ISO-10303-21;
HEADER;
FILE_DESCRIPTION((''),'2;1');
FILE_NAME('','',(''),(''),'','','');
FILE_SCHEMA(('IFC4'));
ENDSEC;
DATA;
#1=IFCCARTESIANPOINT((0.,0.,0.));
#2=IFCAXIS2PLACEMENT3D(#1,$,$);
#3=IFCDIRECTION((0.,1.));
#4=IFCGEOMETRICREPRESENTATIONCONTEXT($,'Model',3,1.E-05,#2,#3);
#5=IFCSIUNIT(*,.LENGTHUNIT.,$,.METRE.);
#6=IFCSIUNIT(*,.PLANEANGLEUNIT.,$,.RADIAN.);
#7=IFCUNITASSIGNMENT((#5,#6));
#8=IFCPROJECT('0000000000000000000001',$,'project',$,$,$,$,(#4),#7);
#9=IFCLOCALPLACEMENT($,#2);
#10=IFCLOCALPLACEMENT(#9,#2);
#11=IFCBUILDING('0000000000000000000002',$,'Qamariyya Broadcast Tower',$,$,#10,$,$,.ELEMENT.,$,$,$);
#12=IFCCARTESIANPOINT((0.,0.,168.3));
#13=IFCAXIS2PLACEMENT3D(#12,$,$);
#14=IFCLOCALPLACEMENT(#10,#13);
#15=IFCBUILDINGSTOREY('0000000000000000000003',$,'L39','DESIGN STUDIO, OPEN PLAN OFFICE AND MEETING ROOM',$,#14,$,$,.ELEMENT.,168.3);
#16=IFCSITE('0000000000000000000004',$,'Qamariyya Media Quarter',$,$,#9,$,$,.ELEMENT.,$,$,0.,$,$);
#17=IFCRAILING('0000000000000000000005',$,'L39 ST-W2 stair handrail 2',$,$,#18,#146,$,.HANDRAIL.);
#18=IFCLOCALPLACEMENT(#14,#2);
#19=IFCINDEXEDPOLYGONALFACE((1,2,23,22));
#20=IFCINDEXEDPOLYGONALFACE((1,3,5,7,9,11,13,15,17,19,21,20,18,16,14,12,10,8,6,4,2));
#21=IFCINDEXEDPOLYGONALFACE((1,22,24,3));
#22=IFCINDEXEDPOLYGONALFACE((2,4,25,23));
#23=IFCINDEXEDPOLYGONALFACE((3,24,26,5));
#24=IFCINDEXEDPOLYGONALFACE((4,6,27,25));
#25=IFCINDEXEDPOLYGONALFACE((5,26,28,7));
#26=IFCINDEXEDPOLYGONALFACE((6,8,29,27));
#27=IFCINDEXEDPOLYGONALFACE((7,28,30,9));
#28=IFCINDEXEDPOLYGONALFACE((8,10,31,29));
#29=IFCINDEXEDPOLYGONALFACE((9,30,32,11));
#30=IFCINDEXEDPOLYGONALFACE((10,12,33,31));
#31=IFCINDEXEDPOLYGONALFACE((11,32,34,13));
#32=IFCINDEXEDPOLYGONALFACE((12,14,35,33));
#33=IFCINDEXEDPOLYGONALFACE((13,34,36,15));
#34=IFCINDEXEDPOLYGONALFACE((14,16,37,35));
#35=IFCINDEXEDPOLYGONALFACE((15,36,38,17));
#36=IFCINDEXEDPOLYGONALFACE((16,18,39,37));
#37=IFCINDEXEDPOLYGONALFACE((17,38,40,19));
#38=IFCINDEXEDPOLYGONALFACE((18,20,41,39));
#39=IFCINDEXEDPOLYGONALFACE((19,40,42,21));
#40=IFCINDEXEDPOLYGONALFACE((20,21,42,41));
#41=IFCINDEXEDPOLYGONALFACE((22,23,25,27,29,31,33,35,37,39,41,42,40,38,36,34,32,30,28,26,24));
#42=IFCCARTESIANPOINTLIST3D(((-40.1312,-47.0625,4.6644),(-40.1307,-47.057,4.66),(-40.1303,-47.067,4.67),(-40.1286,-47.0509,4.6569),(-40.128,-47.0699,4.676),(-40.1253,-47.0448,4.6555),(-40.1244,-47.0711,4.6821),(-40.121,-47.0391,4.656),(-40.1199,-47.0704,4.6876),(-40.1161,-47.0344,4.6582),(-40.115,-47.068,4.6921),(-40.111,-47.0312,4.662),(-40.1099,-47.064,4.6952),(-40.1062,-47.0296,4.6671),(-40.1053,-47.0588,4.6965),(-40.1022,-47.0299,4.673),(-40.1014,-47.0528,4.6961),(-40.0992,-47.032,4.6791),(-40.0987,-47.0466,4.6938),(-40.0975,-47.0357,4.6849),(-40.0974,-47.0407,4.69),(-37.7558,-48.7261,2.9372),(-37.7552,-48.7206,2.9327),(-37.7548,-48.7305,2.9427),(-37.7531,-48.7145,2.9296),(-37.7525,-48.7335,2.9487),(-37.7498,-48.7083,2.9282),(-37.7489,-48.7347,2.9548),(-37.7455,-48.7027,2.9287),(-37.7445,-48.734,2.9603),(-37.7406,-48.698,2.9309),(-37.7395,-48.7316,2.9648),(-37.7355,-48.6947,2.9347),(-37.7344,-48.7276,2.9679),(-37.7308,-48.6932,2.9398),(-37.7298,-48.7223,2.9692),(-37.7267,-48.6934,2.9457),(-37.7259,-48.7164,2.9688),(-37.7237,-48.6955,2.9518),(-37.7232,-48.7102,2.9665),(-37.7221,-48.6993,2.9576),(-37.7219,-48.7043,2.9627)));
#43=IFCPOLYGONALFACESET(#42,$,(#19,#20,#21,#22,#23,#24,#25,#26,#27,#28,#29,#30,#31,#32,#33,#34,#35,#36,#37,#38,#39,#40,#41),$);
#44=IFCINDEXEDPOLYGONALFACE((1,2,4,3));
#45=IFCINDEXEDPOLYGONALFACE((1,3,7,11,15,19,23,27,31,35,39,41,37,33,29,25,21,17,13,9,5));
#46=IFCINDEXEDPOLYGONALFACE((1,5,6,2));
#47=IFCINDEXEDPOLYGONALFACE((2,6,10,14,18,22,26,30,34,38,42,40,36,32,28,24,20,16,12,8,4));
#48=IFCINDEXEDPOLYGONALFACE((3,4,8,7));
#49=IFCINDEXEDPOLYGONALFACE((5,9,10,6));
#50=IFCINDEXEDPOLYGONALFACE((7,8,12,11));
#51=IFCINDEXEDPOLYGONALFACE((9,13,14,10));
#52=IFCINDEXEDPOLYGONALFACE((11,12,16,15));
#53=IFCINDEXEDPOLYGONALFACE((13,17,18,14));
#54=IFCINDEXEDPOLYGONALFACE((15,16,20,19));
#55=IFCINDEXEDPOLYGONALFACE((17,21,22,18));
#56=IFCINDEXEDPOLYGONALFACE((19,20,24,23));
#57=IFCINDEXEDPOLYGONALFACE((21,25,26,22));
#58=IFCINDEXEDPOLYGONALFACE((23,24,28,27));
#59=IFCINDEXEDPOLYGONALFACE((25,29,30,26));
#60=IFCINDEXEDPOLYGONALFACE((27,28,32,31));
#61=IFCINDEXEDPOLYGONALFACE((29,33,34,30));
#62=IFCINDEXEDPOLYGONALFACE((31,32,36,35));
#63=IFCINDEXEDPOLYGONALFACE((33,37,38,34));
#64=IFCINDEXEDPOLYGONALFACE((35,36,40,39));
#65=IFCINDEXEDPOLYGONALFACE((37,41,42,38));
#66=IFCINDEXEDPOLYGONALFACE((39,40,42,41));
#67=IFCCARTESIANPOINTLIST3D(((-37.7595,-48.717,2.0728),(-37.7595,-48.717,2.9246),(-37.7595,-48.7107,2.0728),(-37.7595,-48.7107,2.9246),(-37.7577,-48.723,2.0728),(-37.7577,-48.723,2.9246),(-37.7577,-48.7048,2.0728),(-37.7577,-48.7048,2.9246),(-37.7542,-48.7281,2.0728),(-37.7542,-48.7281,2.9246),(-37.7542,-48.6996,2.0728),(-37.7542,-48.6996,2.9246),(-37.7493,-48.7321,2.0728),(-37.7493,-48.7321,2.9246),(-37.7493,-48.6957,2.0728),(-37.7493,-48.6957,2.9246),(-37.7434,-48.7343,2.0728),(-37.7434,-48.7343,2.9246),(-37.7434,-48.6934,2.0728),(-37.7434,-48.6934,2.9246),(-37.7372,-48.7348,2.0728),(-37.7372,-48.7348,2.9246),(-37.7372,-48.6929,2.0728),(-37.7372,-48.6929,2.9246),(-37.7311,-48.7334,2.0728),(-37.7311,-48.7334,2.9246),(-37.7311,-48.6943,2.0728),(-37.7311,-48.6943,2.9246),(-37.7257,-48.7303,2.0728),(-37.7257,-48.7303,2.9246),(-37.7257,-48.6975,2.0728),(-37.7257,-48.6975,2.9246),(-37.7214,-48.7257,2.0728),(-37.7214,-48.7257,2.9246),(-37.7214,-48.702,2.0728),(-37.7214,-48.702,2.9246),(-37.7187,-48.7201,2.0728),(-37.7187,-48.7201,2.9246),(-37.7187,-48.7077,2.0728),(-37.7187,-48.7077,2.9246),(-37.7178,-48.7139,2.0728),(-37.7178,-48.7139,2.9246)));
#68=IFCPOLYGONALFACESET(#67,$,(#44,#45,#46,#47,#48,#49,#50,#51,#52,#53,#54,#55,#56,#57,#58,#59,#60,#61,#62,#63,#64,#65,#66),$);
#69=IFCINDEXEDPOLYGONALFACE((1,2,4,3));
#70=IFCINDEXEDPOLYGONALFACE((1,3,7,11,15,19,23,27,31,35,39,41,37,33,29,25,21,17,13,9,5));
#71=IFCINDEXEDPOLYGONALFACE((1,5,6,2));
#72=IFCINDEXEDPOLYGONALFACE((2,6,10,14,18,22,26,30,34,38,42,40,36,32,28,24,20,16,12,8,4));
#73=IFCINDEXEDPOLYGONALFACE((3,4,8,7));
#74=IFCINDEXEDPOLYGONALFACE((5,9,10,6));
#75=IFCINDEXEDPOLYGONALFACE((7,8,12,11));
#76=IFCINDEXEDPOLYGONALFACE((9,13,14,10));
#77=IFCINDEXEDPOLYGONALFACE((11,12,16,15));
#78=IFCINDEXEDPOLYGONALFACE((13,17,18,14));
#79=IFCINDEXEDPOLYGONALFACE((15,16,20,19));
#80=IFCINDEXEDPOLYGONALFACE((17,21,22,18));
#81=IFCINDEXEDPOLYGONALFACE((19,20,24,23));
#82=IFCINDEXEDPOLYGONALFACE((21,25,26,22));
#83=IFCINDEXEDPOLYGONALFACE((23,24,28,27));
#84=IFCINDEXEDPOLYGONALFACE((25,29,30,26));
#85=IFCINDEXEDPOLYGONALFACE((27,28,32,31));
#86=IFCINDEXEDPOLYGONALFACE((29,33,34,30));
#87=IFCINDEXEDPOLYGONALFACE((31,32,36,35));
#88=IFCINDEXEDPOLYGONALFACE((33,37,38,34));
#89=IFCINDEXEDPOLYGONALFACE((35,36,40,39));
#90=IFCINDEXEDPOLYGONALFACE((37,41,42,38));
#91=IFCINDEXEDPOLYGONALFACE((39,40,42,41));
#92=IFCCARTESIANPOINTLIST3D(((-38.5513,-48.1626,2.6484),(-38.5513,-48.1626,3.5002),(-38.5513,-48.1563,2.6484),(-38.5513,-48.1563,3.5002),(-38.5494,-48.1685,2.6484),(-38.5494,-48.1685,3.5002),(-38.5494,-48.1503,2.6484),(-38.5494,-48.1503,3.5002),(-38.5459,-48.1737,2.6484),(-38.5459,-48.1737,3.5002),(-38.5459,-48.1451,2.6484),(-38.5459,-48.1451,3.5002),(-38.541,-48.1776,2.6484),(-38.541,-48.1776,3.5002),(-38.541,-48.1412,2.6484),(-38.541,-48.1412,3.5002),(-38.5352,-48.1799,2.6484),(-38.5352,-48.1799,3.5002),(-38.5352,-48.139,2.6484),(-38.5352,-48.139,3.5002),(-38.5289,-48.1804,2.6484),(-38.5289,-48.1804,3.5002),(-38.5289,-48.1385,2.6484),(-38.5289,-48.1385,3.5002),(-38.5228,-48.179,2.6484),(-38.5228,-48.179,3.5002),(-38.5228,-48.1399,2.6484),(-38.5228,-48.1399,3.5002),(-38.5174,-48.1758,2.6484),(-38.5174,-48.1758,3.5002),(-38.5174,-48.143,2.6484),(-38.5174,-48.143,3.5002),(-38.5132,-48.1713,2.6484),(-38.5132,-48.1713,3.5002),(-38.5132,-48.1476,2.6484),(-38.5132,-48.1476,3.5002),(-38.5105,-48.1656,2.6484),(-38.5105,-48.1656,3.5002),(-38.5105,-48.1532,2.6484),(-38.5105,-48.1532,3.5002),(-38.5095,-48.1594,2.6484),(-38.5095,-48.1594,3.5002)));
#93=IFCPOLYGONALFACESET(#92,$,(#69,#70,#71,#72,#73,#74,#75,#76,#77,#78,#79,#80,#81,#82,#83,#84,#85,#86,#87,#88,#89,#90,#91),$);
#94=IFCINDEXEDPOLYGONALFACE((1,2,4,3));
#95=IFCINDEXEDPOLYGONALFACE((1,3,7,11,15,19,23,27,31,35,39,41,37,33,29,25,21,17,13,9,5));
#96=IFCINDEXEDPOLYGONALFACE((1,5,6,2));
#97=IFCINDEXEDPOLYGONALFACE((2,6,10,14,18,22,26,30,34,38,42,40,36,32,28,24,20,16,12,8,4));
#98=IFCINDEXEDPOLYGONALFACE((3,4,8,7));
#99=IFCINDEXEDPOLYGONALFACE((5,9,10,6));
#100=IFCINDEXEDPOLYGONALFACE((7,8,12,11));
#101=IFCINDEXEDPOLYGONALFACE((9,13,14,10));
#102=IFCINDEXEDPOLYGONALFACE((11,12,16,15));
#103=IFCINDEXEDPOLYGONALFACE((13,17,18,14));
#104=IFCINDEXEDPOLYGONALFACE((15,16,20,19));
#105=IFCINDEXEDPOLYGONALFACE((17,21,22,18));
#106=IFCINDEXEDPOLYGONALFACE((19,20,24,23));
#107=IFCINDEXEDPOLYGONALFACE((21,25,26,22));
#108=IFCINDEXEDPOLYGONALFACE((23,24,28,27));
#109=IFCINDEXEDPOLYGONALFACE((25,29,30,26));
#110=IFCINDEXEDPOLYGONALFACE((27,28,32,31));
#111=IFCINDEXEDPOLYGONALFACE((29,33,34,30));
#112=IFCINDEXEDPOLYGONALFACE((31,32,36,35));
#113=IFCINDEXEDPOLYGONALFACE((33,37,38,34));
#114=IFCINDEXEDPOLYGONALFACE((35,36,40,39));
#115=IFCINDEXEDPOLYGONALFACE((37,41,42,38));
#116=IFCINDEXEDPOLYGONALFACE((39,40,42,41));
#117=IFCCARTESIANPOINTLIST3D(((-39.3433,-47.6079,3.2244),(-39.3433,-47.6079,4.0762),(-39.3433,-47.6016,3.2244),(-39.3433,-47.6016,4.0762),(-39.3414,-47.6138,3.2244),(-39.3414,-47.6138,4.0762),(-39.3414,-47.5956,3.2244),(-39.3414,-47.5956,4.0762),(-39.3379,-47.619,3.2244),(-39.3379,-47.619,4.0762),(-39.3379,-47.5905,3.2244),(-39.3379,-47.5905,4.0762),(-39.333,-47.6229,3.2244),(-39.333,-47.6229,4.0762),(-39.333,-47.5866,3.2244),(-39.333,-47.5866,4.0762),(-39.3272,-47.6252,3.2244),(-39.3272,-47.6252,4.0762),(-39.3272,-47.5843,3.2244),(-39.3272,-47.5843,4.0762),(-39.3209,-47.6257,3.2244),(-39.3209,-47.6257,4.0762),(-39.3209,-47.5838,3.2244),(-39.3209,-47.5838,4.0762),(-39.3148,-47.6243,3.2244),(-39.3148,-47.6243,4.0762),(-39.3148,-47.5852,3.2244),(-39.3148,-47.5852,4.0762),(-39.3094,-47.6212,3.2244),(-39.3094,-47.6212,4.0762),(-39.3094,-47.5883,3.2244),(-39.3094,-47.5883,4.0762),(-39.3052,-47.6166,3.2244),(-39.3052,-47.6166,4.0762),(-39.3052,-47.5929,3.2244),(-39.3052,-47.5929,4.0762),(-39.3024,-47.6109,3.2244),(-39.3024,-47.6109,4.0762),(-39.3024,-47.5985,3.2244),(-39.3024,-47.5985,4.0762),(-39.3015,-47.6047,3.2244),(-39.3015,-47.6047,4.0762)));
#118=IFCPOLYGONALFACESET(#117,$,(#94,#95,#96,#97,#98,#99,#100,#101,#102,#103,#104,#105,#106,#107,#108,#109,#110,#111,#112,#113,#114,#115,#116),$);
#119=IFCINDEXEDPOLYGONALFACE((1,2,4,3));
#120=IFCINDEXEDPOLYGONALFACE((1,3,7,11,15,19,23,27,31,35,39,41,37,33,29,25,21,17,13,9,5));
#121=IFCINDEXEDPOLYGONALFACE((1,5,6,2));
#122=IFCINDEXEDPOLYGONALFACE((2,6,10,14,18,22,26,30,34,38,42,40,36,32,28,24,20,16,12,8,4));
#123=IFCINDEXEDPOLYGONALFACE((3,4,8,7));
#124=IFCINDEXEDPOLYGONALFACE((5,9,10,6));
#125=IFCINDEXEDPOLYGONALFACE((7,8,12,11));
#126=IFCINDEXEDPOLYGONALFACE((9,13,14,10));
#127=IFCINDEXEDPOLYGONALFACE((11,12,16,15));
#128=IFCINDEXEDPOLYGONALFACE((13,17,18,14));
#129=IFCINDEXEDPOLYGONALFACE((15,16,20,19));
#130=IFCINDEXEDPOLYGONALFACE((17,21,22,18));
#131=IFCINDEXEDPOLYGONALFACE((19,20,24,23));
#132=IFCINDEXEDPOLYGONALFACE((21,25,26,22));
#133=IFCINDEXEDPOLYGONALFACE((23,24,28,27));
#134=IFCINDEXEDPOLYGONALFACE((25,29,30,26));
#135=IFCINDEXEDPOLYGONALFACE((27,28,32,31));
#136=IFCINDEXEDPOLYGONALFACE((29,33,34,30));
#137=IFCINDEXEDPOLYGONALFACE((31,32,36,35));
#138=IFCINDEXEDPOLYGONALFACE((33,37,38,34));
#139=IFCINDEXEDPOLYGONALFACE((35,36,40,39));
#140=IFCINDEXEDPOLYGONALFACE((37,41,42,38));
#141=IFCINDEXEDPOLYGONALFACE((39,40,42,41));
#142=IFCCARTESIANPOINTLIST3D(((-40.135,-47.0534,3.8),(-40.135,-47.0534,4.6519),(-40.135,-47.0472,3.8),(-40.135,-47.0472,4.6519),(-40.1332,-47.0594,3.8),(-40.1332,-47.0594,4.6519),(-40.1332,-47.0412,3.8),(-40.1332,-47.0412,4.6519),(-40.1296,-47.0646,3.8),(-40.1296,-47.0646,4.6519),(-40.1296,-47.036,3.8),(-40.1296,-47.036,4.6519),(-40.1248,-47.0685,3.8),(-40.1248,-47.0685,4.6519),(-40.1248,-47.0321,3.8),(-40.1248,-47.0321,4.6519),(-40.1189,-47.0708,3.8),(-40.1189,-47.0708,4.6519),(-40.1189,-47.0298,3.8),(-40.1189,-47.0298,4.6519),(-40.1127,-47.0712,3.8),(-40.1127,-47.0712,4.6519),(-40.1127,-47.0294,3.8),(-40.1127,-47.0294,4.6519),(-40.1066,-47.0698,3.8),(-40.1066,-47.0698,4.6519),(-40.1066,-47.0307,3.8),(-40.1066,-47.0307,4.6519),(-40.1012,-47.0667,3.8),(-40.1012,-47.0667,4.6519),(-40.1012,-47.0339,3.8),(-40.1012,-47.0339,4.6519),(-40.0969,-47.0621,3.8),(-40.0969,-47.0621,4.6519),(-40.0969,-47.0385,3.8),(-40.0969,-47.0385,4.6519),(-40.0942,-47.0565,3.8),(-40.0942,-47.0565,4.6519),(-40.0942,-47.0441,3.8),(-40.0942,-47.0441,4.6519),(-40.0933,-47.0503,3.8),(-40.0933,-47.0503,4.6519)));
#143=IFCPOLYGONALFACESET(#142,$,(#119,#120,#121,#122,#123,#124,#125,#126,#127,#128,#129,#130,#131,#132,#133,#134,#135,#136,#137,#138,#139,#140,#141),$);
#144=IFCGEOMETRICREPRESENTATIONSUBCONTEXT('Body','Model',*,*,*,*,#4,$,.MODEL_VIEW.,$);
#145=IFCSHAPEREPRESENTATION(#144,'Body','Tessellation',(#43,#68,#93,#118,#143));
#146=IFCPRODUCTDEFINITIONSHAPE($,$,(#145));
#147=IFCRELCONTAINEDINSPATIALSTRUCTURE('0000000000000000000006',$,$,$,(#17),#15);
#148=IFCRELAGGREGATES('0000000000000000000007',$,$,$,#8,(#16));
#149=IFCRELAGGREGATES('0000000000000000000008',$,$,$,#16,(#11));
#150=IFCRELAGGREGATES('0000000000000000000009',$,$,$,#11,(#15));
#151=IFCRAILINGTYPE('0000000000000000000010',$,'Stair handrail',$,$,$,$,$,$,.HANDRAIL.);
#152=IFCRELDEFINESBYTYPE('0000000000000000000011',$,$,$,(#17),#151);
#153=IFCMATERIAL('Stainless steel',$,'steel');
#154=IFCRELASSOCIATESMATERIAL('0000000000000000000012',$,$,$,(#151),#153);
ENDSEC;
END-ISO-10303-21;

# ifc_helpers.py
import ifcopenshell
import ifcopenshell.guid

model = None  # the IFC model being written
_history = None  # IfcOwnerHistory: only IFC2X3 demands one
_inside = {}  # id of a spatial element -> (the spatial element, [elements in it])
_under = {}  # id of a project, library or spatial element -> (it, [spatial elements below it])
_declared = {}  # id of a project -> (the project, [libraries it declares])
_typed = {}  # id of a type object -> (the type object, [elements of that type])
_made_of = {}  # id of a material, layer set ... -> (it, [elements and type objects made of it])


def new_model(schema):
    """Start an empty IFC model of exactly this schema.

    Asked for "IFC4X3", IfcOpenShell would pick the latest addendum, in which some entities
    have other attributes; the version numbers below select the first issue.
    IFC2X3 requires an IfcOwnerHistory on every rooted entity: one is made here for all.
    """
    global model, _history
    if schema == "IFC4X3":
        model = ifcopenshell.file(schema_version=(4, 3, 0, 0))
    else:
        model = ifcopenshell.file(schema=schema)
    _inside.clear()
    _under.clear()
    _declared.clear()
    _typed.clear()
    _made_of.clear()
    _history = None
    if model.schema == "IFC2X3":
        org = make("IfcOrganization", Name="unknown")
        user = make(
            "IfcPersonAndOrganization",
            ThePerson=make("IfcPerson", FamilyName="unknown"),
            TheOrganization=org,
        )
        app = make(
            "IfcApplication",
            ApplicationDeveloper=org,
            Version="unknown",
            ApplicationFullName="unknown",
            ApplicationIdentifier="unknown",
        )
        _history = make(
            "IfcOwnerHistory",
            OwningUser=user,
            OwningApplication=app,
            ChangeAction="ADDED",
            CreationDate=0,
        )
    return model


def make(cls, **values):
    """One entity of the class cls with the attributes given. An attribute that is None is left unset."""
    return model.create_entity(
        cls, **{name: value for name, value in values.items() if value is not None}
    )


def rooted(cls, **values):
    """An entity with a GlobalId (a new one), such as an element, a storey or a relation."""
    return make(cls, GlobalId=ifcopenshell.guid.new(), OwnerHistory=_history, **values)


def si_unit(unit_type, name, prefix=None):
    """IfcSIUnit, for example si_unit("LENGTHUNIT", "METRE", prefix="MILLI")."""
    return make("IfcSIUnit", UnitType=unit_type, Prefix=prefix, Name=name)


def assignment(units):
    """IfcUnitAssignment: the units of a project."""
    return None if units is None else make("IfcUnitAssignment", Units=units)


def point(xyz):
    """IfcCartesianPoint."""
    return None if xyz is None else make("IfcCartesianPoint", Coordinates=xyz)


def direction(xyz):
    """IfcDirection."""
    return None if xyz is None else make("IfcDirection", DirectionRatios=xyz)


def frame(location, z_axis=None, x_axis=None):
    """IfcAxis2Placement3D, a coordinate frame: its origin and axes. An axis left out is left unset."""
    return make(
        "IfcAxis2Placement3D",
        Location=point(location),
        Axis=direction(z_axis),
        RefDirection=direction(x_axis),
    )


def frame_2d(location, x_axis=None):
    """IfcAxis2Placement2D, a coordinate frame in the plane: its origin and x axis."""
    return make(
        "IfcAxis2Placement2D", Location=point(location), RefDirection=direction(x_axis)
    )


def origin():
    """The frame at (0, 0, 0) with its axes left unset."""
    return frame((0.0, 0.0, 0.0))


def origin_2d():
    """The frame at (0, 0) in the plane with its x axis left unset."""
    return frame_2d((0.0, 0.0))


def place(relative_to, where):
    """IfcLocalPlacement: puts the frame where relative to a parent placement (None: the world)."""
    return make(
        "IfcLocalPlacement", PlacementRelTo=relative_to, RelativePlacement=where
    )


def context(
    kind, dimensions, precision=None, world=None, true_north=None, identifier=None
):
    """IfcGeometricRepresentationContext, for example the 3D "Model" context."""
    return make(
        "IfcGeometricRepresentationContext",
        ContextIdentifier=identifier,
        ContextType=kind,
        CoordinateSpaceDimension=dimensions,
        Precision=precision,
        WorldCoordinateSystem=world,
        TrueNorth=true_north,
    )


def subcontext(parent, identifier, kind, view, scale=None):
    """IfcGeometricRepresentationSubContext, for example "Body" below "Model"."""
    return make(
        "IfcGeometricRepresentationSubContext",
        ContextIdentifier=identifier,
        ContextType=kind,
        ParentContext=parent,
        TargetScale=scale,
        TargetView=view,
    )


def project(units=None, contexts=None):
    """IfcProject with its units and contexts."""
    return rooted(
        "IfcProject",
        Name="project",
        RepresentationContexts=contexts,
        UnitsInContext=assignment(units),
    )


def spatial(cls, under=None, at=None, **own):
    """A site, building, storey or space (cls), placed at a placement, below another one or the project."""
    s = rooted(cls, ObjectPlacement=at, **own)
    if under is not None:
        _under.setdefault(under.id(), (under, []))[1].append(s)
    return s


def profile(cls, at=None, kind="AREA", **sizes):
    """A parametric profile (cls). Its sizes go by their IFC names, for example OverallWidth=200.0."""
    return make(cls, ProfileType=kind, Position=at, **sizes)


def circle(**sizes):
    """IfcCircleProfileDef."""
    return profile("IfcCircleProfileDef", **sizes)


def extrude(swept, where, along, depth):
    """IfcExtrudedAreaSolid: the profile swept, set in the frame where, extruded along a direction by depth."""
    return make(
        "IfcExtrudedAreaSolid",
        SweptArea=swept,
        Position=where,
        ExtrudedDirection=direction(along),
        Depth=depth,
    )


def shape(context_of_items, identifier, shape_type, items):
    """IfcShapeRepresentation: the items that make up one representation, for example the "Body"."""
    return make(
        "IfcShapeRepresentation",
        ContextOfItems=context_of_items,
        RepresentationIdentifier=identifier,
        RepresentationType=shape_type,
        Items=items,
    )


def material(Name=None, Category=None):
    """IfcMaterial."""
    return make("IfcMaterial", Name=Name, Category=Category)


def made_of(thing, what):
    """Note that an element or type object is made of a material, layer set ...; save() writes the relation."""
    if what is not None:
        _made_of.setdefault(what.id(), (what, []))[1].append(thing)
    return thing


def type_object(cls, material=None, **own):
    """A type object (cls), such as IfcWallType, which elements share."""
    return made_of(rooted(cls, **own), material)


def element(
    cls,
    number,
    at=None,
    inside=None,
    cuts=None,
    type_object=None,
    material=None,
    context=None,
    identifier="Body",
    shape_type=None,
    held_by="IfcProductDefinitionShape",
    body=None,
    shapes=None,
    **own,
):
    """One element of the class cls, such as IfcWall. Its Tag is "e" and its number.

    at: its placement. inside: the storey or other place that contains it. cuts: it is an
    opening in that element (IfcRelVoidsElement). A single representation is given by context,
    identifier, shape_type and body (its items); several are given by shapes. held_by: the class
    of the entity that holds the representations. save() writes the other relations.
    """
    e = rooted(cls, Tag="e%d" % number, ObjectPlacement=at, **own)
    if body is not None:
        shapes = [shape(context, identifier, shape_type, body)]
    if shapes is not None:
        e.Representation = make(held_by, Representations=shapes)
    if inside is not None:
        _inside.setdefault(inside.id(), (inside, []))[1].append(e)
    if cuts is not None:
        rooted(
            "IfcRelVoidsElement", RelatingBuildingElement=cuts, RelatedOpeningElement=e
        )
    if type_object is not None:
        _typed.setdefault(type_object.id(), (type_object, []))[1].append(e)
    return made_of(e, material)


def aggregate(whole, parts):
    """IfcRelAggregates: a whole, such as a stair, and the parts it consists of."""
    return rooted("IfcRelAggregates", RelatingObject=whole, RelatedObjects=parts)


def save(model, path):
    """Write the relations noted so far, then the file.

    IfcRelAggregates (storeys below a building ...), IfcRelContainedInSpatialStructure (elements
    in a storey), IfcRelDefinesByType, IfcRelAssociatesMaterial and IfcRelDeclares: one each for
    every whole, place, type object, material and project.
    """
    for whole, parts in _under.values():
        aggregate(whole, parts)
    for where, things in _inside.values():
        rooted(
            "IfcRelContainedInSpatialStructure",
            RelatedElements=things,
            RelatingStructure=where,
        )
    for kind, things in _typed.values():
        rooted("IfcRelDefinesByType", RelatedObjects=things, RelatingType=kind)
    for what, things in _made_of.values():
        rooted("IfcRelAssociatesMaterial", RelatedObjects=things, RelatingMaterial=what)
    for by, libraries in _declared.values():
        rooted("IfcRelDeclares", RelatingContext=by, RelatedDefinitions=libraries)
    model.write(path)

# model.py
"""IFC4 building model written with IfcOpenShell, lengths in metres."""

from ifc_helpers import new_model, si_unit, direction, frame, origin, origin_2d, place, context, subcontext, project, spatial, circle, extrude, material, type_object, element, save


model = new_model("IFC4")

# Units and contexts
model_context = context("Model", 3, precision=1e-05, world=origin(), true_north=direction((0.0, 1.0)))
body_context = subcontext(model_context, "Body", "Model", "MODEL_VIEW")
ifc_project = project(units=[si_unit("LENGTHUNIT", "METRE"), si_unit("PLANEANGLEUNIT", "RADIAN")], contexts=[model_context])

# Site, building, storey
site_placement = place(None, origin())
site = spatial("IfcSite", under=ifc_project, at=site_placement, Name="Qamariyya Media Quarter", CompositionType="ELEMENT", RefElevation=0.0)
building_placement = place(site_placement, origin())
building = spatial("IfcBuilding", under=site, at=building_placement, Name="Qamariyya Broadcast Tower", CompositionType="ELEMENT")
storey_placement = place(building_placement, frame((0.0, 0.0, 168.3)))
storey = spatial("IfcBuildingStorey", under=building, at=storey_placement, Name="L39", Description="DESIGN STUDIO, OPEN PLAN OFFICE AND MEETING ROOM", CompositionType="ELEMENT", Elevation=168.3)

# Railing
ifc_material_1 = material(Name="Stainless steel", Category="steel")
railing_type_1 = type_object("IfcRailingType", Name="Stair handrail", PredefinedType="HANDRAIL", material=ifc_material_1)
railing_1_placement = place(storey_placement, frame((-37.7388, -48.7139, 2.0728)))
element("IfcRailing", 1, at=railing_1_placement, inside=storey, type_object=railing_type_1, Name="L39 ST-W2 stair handrail 2", PredefinedType="HANDRAIL", context=body_context, shape_type="SweptSolid", body=[
    extrude(circle(Radius=0.0239, at=origin_2d()), frame((0.0, 0.0, 0.876), z_axis=(-0.703745, 0.492838, 0.511716), x_axis=(-0.573632, -0.819113, 0.0)), (0.0, 0.0, 1.0), 3.3755),
    extrude(circle(Radius=0.021, at=origin_2d()), origin(), (0.0, 0.0, 1.0), 0.8518),
    extrude(circle(Radius=0.021, at=origin_2d()), frame((-0.7917, 0.5544, 0.5757)), (0.0, 0.0, 1.0), 0.8518),
    extrude(circle(Radius=0.021, at=origin_2d()), frame((-1.5837, 1.1091, 1.1516)), (0.0, 0.0, 1.0), 0.8518),
    extrude(circle(Radius=0.021, at=origin_2d()), frame((-2.3755, 1.6636, 1.7273)), (0.0, 0.0, 1.0), 0.8518),
])

save(model, "model.ifc")
